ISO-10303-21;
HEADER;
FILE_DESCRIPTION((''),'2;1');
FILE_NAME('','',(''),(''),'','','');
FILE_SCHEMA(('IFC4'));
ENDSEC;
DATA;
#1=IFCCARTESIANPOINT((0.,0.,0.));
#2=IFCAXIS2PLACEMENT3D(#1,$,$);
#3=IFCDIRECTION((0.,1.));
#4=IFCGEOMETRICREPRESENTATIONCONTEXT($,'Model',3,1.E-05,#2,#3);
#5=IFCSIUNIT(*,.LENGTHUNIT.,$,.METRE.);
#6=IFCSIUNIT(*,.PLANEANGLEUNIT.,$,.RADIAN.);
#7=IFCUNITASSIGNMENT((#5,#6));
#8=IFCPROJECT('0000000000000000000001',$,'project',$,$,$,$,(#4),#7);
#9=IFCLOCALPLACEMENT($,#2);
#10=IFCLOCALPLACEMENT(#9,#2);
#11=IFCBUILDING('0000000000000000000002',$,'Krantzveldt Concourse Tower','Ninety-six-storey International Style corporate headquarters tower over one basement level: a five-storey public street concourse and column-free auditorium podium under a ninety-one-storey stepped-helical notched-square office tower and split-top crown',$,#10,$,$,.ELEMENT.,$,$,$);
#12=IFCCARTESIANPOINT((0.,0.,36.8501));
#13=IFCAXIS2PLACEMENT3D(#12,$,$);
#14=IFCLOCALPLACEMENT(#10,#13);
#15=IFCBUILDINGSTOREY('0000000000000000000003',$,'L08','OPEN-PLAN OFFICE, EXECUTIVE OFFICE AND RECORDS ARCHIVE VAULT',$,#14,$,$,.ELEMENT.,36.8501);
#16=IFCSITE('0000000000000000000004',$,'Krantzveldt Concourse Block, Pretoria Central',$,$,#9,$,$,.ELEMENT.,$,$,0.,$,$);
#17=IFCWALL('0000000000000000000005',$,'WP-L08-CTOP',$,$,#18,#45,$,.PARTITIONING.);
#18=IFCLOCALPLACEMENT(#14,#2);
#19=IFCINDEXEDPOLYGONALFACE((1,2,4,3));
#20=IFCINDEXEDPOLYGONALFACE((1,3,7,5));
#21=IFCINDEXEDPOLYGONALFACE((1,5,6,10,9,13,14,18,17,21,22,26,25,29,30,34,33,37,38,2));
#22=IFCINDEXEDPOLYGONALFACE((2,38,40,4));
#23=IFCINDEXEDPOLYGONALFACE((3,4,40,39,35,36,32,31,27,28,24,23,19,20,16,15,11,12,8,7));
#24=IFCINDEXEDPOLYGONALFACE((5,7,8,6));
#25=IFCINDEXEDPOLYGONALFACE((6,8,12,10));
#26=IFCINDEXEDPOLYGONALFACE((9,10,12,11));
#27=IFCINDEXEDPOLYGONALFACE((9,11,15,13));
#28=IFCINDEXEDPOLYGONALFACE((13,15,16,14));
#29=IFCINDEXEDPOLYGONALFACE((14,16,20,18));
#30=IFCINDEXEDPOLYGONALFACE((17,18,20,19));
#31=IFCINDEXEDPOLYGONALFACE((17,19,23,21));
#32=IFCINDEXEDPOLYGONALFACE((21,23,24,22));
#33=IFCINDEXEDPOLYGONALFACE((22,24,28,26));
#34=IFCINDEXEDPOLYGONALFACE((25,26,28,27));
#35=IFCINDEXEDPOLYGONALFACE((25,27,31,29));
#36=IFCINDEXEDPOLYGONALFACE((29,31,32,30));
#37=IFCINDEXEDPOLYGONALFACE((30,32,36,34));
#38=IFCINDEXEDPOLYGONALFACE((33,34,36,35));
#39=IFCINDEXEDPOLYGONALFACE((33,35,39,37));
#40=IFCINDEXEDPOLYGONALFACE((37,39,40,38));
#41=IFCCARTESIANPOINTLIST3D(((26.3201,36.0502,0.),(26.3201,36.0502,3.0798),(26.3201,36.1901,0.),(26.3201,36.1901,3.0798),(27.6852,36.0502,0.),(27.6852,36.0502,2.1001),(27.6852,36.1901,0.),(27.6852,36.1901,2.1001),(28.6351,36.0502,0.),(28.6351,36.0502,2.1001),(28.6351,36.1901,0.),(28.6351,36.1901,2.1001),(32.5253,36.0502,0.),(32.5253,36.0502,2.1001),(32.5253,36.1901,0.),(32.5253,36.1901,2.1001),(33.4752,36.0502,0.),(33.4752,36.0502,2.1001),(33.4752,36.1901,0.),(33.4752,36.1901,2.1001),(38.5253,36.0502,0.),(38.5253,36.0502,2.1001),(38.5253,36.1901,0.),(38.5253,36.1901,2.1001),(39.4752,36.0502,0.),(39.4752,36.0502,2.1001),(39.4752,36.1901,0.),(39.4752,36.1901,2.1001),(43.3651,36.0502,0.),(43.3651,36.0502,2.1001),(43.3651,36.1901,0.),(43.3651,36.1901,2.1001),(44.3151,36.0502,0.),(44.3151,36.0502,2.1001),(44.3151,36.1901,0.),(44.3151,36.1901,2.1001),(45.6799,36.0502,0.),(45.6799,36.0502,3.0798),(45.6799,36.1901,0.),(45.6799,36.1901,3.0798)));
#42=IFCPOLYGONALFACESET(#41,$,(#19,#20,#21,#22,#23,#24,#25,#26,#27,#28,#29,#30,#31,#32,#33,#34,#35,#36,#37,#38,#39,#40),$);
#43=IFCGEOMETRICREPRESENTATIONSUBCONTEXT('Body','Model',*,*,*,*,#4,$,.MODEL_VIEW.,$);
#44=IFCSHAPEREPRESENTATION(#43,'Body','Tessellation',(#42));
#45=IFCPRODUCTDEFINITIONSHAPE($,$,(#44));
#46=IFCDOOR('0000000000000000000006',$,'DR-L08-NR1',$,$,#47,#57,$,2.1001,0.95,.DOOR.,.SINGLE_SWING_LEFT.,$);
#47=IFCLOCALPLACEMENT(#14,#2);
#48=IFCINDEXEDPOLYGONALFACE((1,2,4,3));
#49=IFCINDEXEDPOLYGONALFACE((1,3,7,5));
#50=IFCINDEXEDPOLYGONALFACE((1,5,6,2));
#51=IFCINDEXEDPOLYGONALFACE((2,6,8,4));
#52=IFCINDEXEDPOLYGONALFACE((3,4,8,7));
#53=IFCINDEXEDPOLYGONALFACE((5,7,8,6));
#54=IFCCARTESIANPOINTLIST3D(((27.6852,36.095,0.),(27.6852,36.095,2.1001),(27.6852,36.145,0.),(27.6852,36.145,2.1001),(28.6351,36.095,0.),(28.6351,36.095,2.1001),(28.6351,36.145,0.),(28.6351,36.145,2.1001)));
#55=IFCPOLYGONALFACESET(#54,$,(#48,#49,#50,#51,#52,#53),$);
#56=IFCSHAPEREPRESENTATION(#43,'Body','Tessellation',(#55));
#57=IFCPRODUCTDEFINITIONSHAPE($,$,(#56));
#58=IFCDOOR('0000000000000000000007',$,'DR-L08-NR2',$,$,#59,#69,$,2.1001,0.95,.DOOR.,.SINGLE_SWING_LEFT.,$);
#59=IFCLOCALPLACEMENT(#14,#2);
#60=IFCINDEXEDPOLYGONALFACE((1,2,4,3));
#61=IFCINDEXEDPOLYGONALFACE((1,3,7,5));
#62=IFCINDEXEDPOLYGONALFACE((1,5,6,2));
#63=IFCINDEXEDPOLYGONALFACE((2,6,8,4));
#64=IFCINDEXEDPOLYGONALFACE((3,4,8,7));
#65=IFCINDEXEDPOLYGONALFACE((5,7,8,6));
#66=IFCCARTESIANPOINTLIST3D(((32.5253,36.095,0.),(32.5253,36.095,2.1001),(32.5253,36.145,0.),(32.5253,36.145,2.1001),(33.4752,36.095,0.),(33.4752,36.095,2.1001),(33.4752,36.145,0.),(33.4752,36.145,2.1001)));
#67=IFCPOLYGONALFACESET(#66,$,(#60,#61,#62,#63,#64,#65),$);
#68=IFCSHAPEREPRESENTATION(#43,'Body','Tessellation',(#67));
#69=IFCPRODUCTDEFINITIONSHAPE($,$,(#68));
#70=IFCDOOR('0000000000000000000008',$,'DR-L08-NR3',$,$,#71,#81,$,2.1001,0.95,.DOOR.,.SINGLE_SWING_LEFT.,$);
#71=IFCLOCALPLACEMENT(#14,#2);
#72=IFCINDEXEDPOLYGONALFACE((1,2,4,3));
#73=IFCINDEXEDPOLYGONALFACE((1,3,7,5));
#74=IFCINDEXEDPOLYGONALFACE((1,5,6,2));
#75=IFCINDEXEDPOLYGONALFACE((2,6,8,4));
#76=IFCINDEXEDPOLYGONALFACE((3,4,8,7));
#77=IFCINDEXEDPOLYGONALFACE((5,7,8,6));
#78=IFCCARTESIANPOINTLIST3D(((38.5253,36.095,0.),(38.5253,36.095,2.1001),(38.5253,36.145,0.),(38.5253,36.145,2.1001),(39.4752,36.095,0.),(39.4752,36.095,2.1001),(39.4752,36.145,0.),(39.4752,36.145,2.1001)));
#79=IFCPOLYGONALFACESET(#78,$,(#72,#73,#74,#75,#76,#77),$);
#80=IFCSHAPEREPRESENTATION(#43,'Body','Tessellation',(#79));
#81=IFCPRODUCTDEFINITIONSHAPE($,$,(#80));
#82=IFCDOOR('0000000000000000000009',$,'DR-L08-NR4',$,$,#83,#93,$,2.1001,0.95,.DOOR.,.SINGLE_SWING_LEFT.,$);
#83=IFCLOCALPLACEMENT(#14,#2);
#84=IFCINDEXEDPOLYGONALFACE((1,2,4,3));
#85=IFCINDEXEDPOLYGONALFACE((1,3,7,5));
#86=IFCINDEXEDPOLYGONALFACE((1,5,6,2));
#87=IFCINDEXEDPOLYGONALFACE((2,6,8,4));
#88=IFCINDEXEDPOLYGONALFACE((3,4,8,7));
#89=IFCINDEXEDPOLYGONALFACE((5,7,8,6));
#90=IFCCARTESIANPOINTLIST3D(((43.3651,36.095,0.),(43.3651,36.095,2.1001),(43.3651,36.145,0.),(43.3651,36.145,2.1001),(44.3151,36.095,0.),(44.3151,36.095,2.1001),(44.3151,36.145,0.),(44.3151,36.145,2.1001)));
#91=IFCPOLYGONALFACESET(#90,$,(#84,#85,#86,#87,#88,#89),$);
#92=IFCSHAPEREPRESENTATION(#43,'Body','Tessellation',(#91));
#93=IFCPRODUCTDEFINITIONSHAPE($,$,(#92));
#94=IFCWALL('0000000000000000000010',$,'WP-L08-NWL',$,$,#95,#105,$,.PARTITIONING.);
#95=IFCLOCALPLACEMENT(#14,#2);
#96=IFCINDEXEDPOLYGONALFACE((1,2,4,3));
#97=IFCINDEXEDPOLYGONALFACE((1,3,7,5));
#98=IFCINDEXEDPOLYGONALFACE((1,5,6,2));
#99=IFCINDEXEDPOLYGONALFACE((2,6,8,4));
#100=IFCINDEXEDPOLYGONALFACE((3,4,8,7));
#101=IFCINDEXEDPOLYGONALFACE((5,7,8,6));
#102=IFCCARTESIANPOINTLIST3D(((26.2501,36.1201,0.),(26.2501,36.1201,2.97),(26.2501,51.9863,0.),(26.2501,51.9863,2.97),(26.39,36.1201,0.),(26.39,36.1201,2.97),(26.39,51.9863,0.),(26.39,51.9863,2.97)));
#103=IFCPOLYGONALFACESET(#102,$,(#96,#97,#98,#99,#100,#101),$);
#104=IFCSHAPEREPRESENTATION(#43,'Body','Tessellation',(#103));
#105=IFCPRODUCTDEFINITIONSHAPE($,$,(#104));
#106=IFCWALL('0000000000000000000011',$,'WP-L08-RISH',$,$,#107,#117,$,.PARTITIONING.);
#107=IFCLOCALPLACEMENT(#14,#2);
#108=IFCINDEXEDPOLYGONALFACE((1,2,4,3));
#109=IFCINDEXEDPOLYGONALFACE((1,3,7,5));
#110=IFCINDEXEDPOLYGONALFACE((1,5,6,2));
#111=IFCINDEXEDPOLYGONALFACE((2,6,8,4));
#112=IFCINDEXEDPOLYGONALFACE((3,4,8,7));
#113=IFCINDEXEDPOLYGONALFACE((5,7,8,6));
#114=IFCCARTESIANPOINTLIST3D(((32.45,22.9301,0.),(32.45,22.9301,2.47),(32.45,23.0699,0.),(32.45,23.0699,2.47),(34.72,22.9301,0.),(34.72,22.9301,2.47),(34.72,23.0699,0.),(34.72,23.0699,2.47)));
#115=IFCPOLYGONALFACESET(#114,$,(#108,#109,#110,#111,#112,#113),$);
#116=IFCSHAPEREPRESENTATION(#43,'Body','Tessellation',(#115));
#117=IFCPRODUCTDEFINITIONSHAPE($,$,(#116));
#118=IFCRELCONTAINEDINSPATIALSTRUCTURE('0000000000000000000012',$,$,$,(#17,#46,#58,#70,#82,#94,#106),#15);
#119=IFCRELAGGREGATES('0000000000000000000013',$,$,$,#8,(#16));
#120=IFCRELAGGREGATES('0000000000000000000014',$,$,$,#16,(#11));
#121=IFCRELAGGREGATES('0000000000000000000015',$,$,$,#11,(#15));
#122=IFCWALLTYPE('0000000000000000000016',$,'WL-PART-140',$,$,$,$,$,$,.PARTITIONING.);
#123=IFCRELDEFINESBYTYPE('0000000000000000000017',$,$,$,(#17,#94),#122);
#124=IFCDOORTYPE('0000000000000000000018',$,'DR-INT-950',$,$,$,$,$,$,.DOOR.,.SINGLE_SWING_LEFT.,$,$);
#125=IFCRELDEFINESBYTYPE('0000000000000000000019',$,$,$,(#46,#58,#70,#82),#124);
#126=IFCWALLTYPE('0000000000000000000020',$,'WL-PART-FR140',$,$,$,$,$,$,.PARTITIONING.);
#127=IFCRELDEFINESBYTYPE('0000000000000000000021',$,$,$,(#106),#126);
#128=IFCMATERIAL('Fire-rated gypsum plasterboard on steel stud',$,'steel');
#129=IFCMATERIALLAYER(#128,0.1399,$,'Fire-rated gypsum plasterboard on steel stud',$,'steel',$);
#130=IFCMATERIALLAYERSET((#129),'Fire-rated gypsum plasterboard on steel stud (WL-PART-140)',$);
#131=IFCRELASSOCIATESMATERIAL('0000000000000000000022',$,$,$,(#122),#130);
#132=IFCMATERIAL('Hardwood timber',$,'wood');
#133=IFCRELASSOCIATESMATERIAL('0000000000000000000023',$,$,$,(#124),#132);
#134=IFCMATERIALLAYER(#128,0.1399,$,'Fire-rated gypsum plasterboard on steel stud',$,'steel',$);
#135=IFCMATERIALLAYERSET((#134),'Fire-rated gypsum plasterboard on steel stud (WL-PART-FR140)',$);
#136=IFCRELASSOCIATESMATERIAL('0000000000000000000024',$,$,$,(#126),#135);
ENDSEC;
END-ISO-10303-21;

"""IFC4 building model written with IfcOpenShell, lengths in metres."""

from ifc_helpers import new_model, si_unit, direction, frame, frame_2d, origin, place, context, subcontext, project, spatial, rectangle, extrude, material, layer, layer_set, type_object, element, fill, save


model = new_model("IFC4")

# Units and contexts
model_context = context("Model", 3, precision=1e-05, world=origin(), true_north=direction((0.0, 1.0)))
body_context = subcontext(model_context, "Body", "Model", "MODEL_VIEW")
ifc_project = project(units=[si_unit("LENGTHUNIT", "METRE"), si_unit("PLANEANGLEUNIT", "RADIAN")], contexts=[model_context])

# Site, building, storey
site_placement = place(None, origin())
site = spatial("IfcSite", under=ifc_project, at=site_placement, Name="Krantzveldt Concourse Block, Pretoria Central", CompositionType="ELEMENT", RefElevation=0.0)
building_placement = place(site_placement, origin())
building = spatial("IfcBuilding", under=site, at=building_placement, Name="Krantzveldt Concourse Tower", Description="Ninety-six-storey International Style corporate headquarters tower over one basement level: a five-storey public street concourse and column-free auditorium podium under a ninety-one-storey stepped-helical notched-square office tower and split-top crown", CompositionType="ELEMENT")
storey_placement = place(building_placement, frame((0.0, 0.0, 36.8501)))
storey = spatial("IfcBuildingStorey", under=building, at=storey_placement, Name="L08", Description="OPEN-PLAN OFFICE, EXECUTIVE OFFICE AND RECORDS ARCHIVE VAULT", CompositionType="ELEMENT", Elevation=36.8501)

# Shared definitions
ifc_material_1 = material(Name="Fire-rated gypsum plasterboard on steel stud", Category="steel")

# Shared definitions
ifc_layer_1 = layer(ifc_material_1, 0.1399, Name="Fire-rated gypsum plasterboard on steel stud", Category="steel")
ifc_layer_set_1 = layer_set([ifc_layer_1], Name="Fire-rated gypsum plasterboard on steel stud (WL-PART-140)")
wall_type_1 = type_object("IfcWallType", Name="WL-PART-140", PredefinedType="PARTITIONING", material=ifc_layer_set_1)
ifc_material_2 = material(Name="Hardwood timber", Category="wood")

# Shared definitions
door_type_1 = type_object("IfcDoorType", Name="DR-INT-950", OperationType="SINGLE_SWING_LEFT", PredefinedType="DOOR", material=ifc_material_2)

# Wall, openings, doors
wall_1_placement = place(storey_placement, frame((26.3201, 36.1201, 0.0), z_axis=(0.0, 0.0, 1.0), x_axis=(1.0, 0.0, 0.0)))
wall_1 = element("IfcWall", 1, at=wall_1_placement, inside=storey, type_object=wall_type_1, Name="WP-L08-CTOP", PredefinedType="PARTITIONING", context=body_context, shape_type="SweptSolid", body=[
    extrude(rectangle(XDim=19.3599, YDim=0.1399, at=frame_2d((9.6799, 0.0))), origin(), (0.0, 0.0, 1.0), 3.0798),
])
opening_1_placement = place(wall_1_placement, frame((1.365, 0.0, 0.0)))
opening_1 = element("IfcOpeningElement", 2, at=opening_1_placement, cuts=wall_1, PredefinedType="OPENING", context=body_context, shape_type="SweptSolid", body=[
    extrude(rectangle(XDim=0.95, YDim=2.1001, at=frame_2d((0.4751, 1.05))), frame((0.0, 0.0801, 0.0), z_axis=(0.0, -1.0, 0.0), x_axis=(1.0, 0.0, 0.0)), (0.0, 0.0, 1.0), 0.1599),
])
opening_2_placement = place(wall_1_placement, frame((6.2051, 0.0, 0.0)))
opening_2 = element("IfcOpeningElement", 3, at=opening_2_placement, cuts=wall_1, PredefinedType="OPENING", context=body_context, shape_type="SweptSolid", body=[
    extrude(rectangle(XDim=0.95, YDim=2.1001, at=frame_2d((0.4751, 1.05))), frame((0.0, 0.0801, 0.0), z_axis=(0.0, -1.0, 0.0), x_axis=(1.0, 0.0, 0.0)), (0.0, 0.0, 1.0), 0.1599),
])
opening_3_placement = place(wall_1_placement, frame((12.2051, 0.0, 0.0)))
opening_3 = element("IfcOpeningElement", 4, at=opening_3_placement, cuts=wall_1, PredefinedType="OPENING", context=body_context, shape_type="SweptSolid", body=[
    extrude(rectangle(XDim=0.95, YDim=2.1001, at=frame_2d((0.4751, 1.05))), frame((0.0, 0.0801, 0.0), z_axis=(0.0, -1.0, 0.0), x_axis=(1.0, 0.0, 0.0)), (0.0, 0.0, 1.0), 0.1599),
])
opening_4_placement = place(wall_1_placement, frame((17.0449, 0.0, 0.0)))
opening_4 = element("IfcOpeningElement", 5, at=opening_4_placement, cuts=wall_1, PredefinedType="OPENING", context=body_context, shape_type="SweptSolid", body=[
    extrude(rectangle(XDim=0.95, YDim=2.1001, at=frame_2d((0.4751, 1.05))), frame((0.0, 0.0801, 0.0), z_axis=(0.0, -1.0, 0.0), x_axis=(1.0, 0.0, 0.0)), (0.0, 0.0, 1.0), 0.1599),
])
door_1_placement = place(opening_1_placement, origin())
door_1 = element("IfcDoor", 6, at=door_1_placement, inside=storey, type_object=door_type_1, Name="DR-L08-NR1", OperationType="SINGLE_SWING_LEFT", OverallHeight=2.1001, OverallWidth=0.95, PredefinedType="DOOR", context=body_context, shape_type="SweptSolid", body=[
    extrude(rectangle(XDim=0.95, YDim=2.1001, at=frame_2d((0.4751, 1.05))), frame((0.0, 0.0249, 0.0), z_axis=(0.0, -1.0, 0.0), x_axis=(1.0, 0.0, 0.0)), (0.0, 0.0, 1.0), 0.05),
])
fill(opening_1, door_1)
door_2_placement = place(opening_2_placement, origin())
door_2 = element("IfcDoor", 7, at=door_2_placement, inside=storey, type_object=door_type_1, Name="DR-L08-NR2", OperationType="SINGLE_SWING_LEFT", OverallHeight=2.1001, OverallWidth=0.95, PredefinedType="DOOR", context=body_context, shape_type="SweptSolid", body=[
    extrude(rectangle(XDim=0.95, YDim=2.1001, at=frame_2d((0.4751, 1.05))), frame((0.0, 0.0249, 0.0), z_axis=(0.0, -1.0, 0.0), x_axis=(1.0, 0.0, 0.0)), (0.0, 0.0, 1.0), 0.05),
])
fill(opening_2, door_2)
door_3_placement = place(opening_3_placement, origin())
door_3 = element("IfcDoor", 8, at=door_3_placement, inside=storey, type_object=door_type_1, Name="DR-L08-NR3", OperationType="SINGLE_SWING_LEFT", OverallHeight=2.1001, OverallWidth=0.95, PredefinedType="DOOR", context=body_context, shape_type="SweptSolid", body=[
    extrude(rectangle(XDim=0.95, YDim=2.1001, at=frame_2d((0.4751, 1.05))), frame((0.0, 0.0249, 0.0), z_axis=(0.0, -1.0, 0.0), x_axis=(1.0, 0.0, 0.0)), (0.0, 0.0, 1.0), 0.05),
])
fill(opening_3, door_3)
door_4_placement = place(opening_4_placement, origin())
door_4 = element("IfcDoor", 9, at=door_4_placement, inside=storey, type_object=door_type_1, Name="DR-L08-NR4", OperationType="SINGLE_SWING_LEFT", OverallHeight=2.1001, OverallWidth=0.95, PredefinedType="DOOR", context=body_context, shape_type="SweptSolid", body=[
    extrude(rectangle(XDim=0.95, YDim=2.1001, at=frame_2d((0.4751, 1.05))), frame((0.0, 0.0249, 0.0), z_axis=(0.0, -1.0, 0.0), x_axis=(1.0, 0.0, 0.0)), (0.0, 0.0, 1.0), 0.05),
])
fill(opening_4, door_4)

# Walls
wall_2_placement = place(storey_placement, frame((26.3201, 36.1201, 0.0), z_axis=(0.0, 0.0, 1.0), x_axis=(0.0, 1.0, 0.0)))
element("IfcWall", 10, at=wall_2_placement, inside=storey, type_object=wall_type_1, Name="WP-L08-NWL", PredefinedType="PARTITIONING", context=body_context, shape_type="SweptSolid", body=[
    extrude(rectangle(XDim=15.8662, YDim=0.1399, at=frame_2d((7.9331, 0.0))), origin(), (0.0, 0.0, 1.0), 2.97),
])
ifc_layer_2 = layer(ifc_material_1, 0.1399, Name="Fire-rated gypsum plasterboard on steel stud", Category="steel")
ifc_layer_set_2 = layer_set([ifc_layer_2], Name="Fire-rated gypsum plasterboard on steel stud (WL-PART-FR140)")
wall_type_2 = type_object("IfcWallType", Name="WL-PART-FR140", PredefinedType="PARTITIONING", material=ifc_layer_set_2)
wall_3_placement = place(storey_placement, frame((32.45, 23.0, 0.0), z_axis=(0.0, 0.0, 1.0), x_axis=(1.0, 0.0, 0.0)))
element("IfcWall", 11, at=wall_3_placement, inside=storey, type_object=wall_type_2, Name="WP-L08-RISH", PredefinedType="PARTITIONING", context=body_context, shape_type="SweptSolid", body=[
    extrude(rectangle(XDim=2.27, YDim=0.1399, at=frame_2d((1.135, 0.0))), origin(), (0.0, 0.0, 1.0), 2.47),
])

save(model, "model.ifc")
